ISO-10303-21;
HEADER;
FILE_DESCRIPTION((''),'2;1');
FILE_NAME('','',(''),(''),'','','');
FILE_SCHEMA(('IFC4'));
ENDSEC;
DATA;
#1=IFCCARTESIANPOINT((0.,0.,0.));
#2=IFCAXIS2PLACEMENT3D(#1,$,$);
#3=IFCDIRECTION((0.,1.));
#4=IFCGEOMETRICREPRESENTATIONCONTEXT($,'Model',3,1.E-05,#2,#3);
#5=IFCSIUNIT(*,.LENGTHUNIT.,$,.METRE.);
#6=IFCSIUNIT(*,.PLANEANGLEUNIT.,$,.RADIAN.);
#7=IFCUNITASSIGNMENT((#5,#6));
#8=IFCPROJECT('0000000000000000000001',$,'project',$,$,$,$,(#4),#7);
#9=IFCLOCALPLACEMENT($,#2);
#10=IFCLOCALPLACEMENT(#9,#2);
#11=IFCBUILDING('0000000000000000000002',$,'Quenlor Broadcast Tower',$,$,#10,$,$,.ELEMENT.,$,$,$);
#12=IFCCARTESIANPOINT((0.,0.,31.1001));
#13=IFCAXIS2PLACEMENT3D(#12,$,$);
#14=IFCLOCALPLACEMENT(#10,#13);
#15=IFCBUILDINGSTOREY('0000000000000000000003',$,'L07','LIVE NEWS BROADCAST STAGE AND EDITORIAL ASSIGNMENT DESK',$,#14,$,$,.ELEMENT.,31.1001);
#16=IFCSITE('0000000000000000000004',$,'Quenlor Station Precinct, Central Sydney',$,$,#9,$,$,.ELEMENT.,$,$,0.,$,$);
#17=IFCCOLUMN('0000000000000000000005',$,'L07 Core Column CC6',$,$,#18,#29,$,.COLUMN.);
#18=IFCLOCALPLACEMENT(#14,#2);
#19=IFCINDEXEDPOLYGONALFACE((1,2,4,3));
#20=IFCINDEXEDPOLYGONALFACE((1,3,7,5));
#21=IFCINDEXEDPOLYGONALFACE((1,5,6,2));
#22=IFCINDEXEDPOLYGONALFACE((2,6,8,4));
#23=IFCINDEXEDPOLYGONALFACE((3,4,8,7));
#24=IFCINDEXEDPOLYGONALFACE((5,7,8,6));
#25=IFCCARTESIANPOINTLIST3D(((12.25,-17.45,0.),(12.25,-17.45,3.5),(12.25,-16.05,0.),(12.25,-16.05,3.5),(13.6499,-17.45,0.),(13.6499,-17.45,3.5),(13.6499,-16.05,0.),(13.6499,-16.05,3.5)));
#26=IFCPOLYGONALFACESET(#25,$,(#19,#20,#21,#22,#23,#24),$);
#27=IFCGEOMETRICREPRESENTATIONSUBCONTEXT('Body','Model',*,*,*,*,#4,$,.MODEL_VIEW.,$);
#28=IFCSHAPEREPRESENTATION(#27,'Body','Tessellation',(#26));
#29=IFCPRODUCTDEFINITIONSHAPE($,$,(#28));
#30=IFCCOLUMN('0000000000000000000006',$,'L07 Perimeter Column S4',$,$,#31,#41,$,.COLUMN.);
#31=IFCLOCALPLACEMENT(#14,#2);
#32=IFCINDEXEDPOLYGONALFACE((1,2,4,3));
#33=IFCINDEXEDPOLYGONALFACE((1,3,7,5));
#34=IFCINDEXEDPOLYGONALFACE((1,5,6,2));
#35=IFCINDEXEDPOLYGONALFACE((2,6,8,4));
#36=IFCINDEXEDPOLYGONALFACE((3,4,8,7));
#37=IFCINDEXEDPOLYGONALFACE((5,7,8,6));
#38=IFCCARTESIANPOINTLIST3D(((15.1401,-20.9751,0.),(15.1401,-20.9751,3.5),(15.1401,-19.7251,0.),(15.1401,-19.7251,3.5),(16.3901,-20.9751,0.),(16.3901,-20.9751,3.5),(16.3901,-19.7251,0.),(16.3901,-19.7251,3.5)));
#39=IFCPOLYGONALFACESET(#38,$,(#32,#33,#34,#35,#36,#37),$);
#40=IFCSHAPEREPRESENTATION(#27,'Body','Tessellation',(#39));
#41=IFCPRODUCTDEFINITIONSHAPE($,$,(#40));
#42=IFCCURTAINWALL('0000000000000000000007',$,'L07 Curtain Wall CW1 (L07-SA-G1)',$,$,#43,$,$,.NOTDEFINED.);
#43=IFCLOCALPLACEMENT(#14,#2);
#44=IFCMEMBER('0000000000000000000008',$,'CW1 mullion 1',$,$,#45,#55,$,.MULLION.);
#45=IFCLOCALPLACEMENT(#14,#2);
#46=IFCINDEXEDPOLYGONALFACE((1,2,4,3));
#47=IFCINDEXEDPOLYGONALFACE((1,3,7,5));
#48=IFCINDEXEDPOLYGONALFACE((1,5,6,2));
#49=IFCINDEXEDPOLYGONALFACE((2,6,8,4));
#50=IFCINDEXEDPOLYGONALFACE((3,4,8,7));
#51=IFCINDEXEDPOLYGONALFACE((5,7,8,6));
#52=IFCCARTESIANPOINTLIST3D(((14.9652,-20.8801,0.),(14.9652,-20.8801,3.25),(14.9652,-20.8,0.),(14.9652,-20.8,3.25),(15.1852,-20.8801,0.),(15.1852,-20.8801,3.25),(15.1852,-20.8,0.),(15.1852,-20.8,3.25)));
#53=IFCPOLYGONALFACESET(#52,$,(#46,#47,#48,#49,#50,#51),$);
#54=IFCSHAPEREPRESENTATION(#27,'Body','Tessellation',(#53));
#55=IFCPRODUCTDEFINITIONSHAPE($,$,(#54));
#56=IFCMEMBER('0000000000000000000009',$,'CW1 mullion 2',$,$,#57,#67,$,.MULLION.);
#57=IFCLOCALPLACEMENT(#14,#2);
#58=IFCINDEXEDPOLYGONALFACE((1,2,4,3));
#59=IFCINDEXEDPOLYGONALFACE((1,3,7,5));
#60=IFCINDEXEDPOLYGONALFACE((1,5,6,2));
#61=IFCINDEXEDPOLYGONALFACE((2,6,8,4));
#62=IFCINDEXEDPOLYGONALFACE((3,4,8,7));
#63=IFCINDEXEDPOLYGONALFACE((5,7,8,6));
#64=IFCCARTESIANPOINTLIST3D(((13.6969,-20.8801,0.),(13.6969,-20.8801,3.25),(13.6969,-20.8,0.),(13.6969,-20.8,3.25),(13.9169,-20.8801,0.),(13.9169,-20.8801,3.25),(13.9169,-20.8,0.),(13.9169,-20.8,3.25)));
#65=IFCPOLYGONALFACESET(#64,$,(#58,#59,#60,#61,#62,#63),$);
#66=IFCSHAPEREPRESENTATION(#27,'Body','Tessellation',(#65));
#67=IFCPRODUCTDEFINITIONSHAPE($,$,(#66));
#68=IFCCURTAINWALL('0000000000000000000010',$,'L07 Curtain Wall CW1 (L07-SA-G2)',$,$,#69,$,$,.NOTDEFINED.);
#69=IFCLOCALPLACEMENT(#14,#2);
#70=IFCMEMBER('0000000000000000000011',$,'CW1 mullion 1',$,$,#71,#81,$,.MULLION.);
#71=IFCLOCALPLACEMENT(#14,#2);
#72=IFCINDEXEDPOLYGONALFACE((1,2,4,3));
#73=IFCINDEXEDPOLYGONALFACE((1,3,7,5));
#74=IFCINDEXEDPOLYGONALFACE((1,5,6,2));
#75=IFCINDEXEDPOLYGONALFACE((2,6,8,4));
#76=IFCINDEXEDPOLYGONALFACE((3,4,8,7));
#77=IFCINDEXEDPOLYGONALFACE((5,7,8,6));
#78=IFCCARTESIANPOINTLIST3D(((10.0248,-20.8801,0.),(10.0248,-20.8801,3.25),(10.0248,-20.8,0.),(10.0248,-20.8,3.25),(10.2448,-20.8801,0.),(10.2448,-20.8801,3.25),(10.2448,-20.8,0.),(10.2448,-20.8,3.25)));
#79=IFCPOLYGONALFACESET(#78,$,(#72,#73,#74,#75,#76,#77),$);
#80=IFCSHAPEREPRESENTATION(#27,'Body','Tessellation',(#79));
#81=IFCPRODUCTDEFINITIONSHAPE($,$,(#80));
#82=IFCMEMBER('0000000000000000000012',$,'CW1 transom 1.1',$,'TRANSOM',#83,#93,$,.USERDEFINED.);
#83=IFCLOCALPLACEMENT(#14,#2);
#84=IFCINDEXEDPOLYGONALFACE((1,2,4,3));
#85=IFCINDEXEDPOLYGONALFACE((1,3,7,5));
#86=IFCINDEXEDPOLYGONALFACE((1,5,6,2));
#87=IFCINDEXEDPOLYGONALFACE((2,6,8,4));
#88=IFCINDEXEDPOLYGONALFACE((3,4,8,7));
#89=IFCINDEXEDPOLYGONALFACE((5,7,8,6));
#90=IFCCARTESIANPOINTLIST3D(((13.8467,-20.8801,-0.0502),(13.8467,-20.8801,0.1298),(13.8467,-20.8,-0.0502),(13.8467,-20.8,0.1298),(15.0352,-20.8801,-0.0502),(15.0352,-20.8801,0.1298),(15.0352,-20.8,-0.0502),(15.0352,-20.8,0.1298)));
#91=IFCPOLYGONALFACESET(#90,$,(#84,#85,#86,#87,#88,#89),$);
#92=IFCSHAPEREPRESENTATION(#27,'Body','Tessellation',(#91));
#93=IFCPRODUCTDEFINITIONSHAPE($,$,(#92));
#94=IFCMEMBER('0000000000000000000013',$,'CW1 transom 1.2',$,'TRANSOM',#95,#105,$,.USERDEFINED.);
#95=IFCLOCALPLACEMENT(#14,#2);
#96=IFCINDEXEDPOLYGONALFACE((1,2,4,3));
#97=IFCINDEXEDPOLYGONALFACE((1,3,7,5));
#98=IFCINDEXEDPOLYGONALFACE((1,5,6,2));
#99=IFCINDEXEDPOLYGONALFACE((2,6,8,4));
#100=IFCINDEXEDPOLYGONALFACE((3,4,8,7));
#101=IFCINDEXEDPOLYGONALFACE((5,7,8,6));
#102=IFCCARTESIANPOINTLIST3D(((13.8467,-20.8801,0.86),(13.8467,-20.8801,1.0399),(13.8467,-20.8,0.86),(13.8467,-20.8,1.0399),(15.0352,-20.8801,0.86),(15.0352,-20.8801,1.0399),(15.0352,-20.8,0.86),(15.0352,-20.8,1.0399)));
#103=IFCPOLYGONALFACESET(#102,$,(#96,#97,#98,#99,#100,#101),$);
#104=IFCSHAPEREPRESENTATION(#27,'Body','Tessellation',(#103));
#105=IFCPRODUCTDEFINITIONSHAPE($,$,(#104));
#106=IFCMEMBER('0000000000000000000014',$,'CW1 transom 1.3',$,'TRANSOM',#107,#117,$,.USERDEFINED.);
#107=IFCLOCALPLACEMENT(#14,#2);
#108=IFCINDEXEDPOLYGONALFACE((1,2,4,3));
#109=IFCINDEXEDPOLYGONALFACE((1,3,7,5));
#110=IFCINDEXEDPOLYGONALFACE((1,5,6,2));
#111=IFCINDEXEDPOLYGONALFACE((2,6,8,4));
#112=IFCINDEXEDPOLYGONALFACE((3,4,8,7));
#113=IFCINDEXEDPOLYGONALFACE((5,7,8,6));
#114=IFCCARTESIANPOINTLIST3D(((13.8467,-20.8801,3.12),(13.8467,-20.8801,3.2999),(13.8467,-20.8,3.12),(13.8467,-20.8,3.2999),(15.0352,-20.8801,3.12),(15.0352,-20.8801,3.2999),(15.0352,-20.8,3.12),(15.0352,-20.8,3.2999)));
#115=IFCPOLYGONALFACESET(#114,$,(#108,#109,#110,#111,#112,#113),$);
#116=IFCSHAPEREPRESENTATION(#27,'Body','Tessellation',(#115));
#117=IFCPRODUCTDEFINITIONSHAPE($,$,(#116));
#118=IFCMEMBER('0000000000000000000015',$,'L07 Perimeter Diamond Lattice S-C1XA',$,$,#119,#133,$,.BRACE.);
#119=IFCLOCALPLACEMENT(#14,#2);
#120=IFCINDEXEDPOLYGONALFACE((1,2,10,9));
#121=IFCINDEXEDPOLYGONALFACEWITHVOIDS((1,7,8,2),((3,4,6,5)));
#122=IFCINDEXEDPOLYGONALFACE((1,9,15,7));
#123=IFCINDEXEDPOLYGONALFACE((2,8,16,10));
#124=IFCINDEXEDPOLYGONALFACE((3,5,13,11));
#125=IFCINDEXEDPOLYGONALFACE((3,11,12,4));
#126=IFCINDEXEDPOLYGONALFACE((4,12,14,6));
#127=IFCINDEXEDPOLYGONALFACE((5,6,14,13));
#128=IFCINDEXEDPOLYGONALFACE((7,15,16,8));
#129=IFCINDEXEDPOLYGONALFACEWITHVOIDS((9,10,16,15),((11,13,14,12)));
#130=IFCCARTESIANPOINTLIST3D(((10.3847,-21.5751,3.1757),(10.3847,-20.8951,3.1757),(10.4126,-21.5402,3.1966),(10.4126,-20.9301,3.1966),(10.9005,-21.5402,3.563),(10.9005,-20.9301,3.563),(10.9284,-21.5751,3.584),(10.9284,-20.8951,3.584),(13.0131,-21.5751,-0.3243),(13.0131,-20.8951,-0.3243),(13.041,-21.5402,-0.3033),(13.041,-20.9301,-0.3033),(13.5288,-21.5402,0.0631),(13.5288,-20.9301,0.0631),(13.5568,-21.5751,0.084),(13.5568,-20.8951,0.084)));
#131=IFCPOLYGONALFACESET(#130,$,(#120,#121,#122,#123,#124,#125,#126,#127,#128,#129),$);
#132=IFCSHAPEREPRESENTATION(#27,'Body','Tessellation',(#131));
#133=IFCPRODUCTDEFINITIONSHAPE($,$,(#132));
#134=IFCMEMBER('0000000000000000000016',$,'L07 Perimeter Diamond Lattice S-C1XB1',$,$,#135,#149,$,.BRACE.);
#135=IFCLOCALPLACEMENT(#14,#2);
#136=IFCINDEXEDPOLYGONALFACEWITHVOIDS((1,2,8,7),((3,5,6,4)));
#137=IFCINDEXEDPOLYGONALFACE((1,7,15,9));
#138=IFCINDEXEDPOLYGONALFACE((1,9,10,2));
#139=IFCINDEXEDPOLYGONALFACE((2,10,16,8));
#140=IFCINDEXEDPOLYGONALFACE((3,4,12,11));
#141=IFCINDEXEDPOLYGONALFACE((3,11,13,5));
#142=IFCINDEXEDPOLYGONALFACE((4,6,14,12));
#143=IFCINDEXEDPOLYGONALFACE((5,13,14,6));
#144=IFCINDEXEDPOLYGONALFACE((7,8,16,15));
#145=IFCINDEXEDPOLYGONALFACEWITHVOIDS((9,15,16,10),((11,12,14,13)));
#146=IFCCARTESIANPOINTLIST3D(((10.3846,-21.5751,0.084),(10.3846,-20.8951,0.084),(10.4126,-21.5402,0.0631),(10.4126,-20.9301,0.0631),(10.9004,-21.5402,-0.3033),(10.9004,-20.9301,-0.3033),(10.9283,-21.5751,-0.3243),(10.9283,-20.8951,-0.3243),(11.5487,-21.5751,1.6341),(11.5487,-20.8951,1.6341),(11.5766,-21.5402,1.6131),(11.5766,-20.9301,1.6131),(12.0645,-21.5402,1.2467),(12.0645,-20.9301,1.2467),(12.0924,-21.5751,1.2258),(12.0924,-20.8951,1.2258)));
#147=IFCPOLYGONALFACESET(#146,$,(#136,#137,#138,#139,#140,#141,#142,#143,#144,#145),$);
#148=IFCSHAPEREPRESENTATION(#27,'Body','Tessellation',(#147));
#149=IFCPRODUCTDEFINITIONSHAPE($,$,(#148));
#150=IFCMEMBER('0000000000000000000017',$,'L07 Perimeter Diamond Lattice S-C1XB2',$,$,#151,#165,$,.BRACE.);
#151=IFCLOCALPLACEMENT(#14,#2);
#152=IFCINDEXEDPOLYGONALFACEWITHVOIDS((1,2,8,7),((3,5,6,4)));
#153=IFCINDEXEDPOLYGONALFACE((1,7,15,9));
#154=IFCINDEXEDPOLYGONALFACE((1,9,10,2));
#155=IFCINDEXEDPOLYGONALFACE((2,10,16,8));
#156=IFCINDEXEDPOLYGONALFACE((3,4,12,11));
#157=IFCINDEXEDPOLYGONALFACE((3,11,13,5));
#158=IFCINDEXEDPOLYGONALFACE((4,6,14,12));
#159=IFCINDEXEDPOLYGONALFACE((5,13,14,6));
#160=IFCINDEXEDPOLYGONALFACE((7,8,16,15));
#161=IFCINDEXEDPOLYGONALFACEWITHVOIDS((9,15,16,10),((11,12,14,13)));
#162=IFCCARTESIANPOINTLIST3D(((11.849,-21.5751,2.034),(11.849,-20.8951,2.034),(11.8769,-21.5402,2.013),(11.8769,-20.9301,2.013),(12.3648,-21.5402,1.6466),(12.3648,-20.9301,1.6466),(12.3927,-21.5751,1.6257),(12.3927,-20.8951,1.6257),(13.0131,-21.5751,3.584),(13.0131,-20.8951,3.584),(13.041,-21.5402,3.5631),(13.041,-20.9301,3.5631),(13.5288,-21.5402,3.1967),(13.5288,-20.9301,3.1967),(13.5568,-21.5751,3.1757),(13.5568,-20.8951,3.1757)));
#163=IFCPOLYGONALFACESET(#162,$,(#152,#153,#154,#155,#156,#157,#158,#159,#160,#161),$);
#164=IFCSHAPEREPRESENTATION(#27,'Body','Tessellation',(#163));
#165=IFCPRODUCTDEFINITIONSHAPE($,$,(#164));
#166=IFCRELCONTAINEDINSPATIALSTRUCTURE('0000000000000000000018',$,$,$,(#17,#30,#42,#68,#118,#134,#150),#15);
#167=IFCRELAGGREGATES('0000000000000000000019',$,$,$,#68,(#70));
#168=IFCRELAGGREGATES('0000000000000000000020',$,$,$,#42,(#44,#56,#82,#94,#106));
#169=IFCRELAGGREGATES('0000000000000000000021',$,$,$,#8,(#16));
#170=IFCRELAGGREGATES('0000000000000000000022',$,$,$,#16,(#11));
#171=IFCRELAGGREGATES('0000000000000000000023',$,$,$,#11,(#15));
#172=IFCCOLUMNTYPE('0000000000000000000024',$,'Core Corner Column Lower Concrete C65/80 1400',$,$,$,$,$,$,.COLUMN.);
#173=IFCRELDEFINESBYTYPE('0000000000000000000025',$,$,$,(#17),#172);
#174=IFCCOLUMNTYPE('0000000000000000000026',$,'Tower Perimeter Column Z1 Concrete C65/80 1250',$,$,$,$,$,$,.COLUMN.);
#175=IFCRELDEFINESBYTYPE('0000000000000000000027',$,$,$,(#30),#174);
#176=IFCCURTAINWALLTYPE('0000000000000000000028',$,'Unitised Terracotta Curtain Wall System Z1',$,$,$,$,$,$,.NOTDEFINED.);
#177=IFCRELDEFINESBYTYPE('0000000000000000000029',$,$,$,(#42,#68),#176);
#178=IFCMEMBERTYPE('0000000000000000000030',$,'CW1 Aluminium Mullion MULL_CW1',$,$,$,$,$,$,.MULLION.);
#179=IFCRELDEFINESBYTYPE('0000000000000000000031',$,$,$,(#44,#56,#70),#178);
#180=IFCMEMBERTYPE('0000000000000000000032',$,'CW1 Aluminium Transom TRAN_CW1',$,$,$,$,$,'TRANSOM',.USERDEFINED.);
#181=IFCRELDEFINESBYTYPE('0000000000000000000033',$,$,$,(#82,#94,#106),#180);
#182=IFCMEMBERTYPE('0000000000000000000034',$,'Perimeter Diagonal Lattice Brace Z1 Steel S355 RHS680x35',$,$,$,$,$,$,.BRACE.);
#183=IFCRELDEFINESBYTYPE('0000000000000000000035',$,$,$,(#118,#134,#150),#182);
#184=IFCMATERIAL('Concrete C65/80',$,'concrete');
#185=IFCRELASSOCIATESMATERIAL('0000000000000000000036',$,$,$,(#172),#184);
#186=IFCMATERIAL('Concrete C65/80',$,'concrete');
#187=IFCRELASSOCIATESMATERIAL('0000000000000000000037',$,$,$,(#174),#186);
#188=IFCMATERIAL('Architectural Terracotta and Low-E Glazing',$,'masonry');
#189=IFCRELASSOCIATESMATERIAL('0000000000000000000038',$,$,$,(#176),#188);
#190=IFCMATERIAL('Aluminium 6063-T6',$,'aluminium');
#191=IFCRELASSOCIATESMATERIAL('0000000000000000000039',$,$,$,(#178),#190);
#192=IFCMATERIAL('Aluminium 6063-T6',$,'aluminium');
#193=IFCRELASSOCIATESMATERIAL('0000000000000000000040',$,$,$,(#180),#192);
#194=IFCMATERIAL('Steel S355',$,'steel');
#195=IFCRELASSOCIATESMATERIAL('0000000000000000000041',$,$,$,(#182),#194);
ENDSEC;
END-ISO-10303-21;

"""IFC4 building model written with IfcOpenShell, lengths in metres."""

from ifc_helpers import new_model, si_unit, direction, frame, origin, origin_2d, place, context, subcontext, project, spatial, rectangle, hollow_rectangle, extrude, material, material_profile, profile_set, type_object, element, aggregate, save


model = new_model("IFC4")

# Units and contexts
model_context = context("Model", 3, precision=1e-05, world=origin(), true_north=direction((0.0, 1.0)))
body_context = subcontext(model_context, "Body", "Model", "MODEL_VIEW")
ifc_project = project(units=[si_unit("LENGTHUNIT", "METRE"), si_unit("PLANEANGLEUNIT", "RADIAN")], contexts=[model_context])

# Site, building, storey
site_placement = place(None, origin())
site = spatial("IfcSite", under=ifc_project, at=site_placement, Name="Quenlor Station Precinct, Central Sydney", CompositionType="ELEMENT", RefElevation=0.0)
building_placement = place(site_placement, origin())
building = spatial("IfcBuilding", under=site, at=building_placement, Name="Quenlor Broadcast Tower", CompositionType="ELEMENT")
storey_placement = place(building_placement, frame((0.0, 0.0, 31.1001)))
storey = spatial("IfcBuildingStorey", under=building, at=storey_placement, Name="L07", Description="LIVE NEWS BROADCAST STAGE AND EDITORIAL ASSIGNMENT DESK", CompositionType="ELEMENT", Elevation=31.1001)

# Columns
ifc_material_1 = material(Name="Concrete C65/80", Category="concrete")
ifc_material_profile_1 = material_profile(ifc_material_1, rectangle(XDim=1.3999, YDim=1.3999, at=origin_2d()))
ifc_profile_set_1 = profile_set([ifc_material_profile_1], Name="Concrete C65/80 RC1400x1400")
column_type_1 = type_object("IfcColumnType", Name="Core Corner Column Lower Concrete C65/80 1400", PredefinedType="COLUMN", material=ifc_profile_set_1)
column_1_placement = place(storey_placement, frame((12.95, -16.75, 0.0), z_axis=(0.0, 0.0, 1.0), x_axis=(1.0, 0.0, 0.0)))
element("IfcColumn", 1, at=column_1_placement, inside=storey, type_object=column_type_1, Name="L07 Core Column CC6", PredefinedType="COLUMN", context=body_context, shape_type="SweptSolid", body=[
    extrude(rectangle(XDim=1.3999, YDim=1.3999, at=origin_2d()), origin(), (0.0, 0.0, 1.0), 3.5),
])
ifc_material_2 = material(Name="Concrete C65/80", Category="concrete")
ifc_material_profile_2 = material_profile(ifc_material_2, rectangle(XDim=1.25, YDim=1.25, at=origin_2d()))
ifc_profile_set_2 = profile_set([ifc_material_profile_2], Name="Concrete C65/80 RC1250x1250")
column_type_2 = type_object("IfcColumnType", Name="Tower Perimeter Column Z1 Concrete C65/80 1250", PredefinedType="COLUMN", material=ifc_profile_set_2)
column_2_placement = place(storey_placement, frame((15.7651, -20.3501, 0.0), z_axis=(0.0, 0.0, 1.0), x_axis=(0.0, 1.0, 0.0)))
element("IfcColumn", 2, at=column_2_placement, inside=storey, type_object=column_type_2, Name="L07 Perimeter Column S4", PredefinedType="COLUMN", context=body_context, shape_type="SweptSolid", body=[
    extrude(rectangle(XDim=1.25, YDim=1.25, at=origin_2d()), origin(), (0.0, 0.0, 1.0), 3.5),
])

# Curtain wall, members
ifc_material_3 = material(Name="Architectural Terracotta and Low-E Glazing", Category="masonry")
curtain_wall_type = type_object("IfcCurtainWallType", Name="Unitised Terracotta Curtain Wall System Z1", PredefinedType="NOTDEFINED", material=ifc_material_3)
curtain_wall_1_placement = place(storey_placement, origin())
curtain_wall_1 = element("IfcCurtainWall", 3, at=curtain_wall_1_placement, inside=storey, type_object=curtain_wall_type, Name="L07 Curtain Wall CW1 (L07-SA-G1)", PredefinedType="NOTDEFINED")
ifc_material_4 = material(Name="Aluminium 6063-T6", Category="aluminium")
ifc_material_profile_3 = material_profile(ifc_material_4, rectangle(XDim=0.0801, YDim=0.22, at=origin_2d()))
ifc_profile_set_3 = profile_set([ifc_material_profile_3], Name="Aluminium 6063-T6 MULL80x220")
member_type_1 = type_object("IfcMemberType", Name="CW1 Aluminium Mullion MULL_CW1", PredefinedType="MULLION", material=ifc_profile_set_3)
member_1_placement = place(storey_placement, frame((15.0752, -20.8401, 0.0), z_axis=(0.0, 0.0, 1.0), x_axis=(0.0, -1.0, 0.0)))
member_1 = element("IfcMember", 4, at=member_1_placement, type_object=member_type_1, Name="CW1 mullion 1", PredefinedType="MULLION", context=body_context, shape_type="SweptSolid", body=[
    extrude(rectangle(XDim=0.0801, YDim=0.22, at=origin_2d()), origin(), (0.0, 0.0, 1.0), 3.25),
])
member_2_placement = place(storey_placement, frame((13.8069, -20.8401, 0.0), z_axis=(0.0, 0.0, 1.0), x_axis=(0.0, -1.0, 0.0)))
member_2 = element("IfcMember", 5, at=member_2_placement, type_object=member_type_1, Name="CW1 mullion 2", PredefinedType="MULLION", context=body_context, shape_type="SweptSolid", body=[
    extrude(rectangle(XDim=0.0801, YDim=0.22, at=origin_2d()), origin(), (0.0, 0.0, 1.0), 3.25),
])

# Curtain wall, member
curtain_wall_2_placement = place(storey_placement, origin())
curtain_wall_2 = element("IfcCurtainWall", 6, at=curtain_wall_2_placement, inside=storey, type_object=curtain_wall_type, Name="L07 Curtain Wall CW1 (L07-SA-G2)", PredefinedType="NOTDEFINED")
member_3_placement = place(storey_placement, frame((10.1348, -20.8401, 0.0), z_axis=(0.0, 0.0, 1.0), x_axis=(0.0, -1.0, 0.0)))
member_3 = element("IfcMember", 7, at=member_3_placement, type_object=member_type_1, Name="CW1 mullion 1", PredefinedType="MULLION", context=body_context, shape_type="SweptSolid", body=[
    extrude(rectangle(XDim=0.0801, YDim=0.22, at=origin_2d()), origin(), (0.0, 0.0, 1.0), 3.25),
])
aggregate(curtain_wall_2, [member_3])

# Members
ifc_material_5 = material(Name="Aluminium 6063-T6", Category="aluminium")
ifc_material_profile_4 = material_profile(ifc_material_5, rectangle(XDim=0.0801, YDim=0.1799, at=origin_2d()))
ifc_profile_set_4 = profile_set([ifc_material_profile_4], Name="Aluminium 6063-T6 TRAN80x180")
member_type_2 = type_object("IfcMemberType", Name="CW1 Aluminium Transom TRAN_CW1", ElementType="TRANSOM", PredefinedType="USERDEFINED", material=ifc_profile_set_4)
member_4_placement = place(storey_placement, frame((15.0352, -20.8401, 0.0398), z_axis=(-1.0, 0.0, 0.0), x_axis=(0.0, -1.0, 0.0)))
member_4 = element("IfcMember", 8, at=member_4_placement, type_object=member_type_2, Name="CW1 transom 1.1", ObjectType="TRANSOM", PredefinedType="USERDEFINED", context=body_context, shape_type="SweptSolid", body=[
    extrude(rectangle(XDim=0.0801, YDim=0.1799, at=origin_2d()), origin(), (0.0, 0.0, 1.0), 1.1885),
])
member_5_placement = place(storey_placement, frame((15.0352, -20.8401, 0.95), z_axis=(-1.0, 0.0, 0.0), x_axis=(0.0, -1.0, 0.0)))
member_5 = element("IfcMember", 9, at=member_5_placement, type_object=member_type_2, Name="CW1 transom 1.2", ObjectType="TRANSOM", PredefinedType="USERDEFINED", context=body_context, shape_type="SweptSolid", body=[
    extrude(rectangle(XDim=0.0801, YDim=0.1799, at=origin_2d()), origin(), (0.0, 0.0, 1.0), 1.1885),
])
member_6_placement = place(storey_placement, frame((15.0352, -20.8401, 3.21), z_axis=(-1.0, 0.0, 0.0), x_axis=(0.0, -1.0, 0.0)))
member_6 = element("IfcMember", 10, at=member_6_placement, type_object=member_type_2, Name="CW1 transom 1.3", ObjectType="TRANSOM", PredefinedType="USERDEFINED", context=body_context, shape_type="SweptSolid", body=[
    extrude(rectangle(XDim=0.0801, YDim=0.1799, at=origin_2d()), origin(), (0.0, 0.0, 1.0), 1.1885),
])

# Members
ifc_material_6 = material(Name="Steel S355", Category="steel")
ifc_material_profile_5 = material_profile(ifc_material_6, hollow_rectangle(XDim=0.6799, YDim=0.6799, WallThickness=0.0349, at=origin_2d()))
ifc_profile_set_5 = profile_set([ifc_material_profile_5], Name="Steel S355 RHS680x680x35")
member_type_3 = type_object("IfcMemberType", Name="Perimeter Diagonal Lattice Brace Z1 Steel S355 RHS680x35", PredefinedType="BRACE", material=ifc_profile_set_5)
member_7_placement = place(storey_placement, frame((13.2849, -21.2351, -0.1201), z_axis=(-0.6005, 0.0, 0.799625), x_axis=(0.0, -1.0, 0.0)))
element("IfcMember", 11, at=member_7_placement, inside=storey, type_object=member_type_3, Name="L07 Perimeter Diamond Lattice S-C1XA", PredefinedType="BRACE", context=body_context, shape_type="SweptSolid", body=[
    extrude(hollow_rectangle(XDim=0.6799, YDim=0.6799, WallThickness=0.0349, at=origin_2d()), origin(), (0.0, 0.0, 1.0), 4.377),
])
for number, where, z_axis, x_axis, name in (
    (12, (10.6565, -21.2351, -0.1201), (0.600504, 0.0, 0.799622), (0.0, 1.0, 0.0), "L07 Perimeter Diamond Lattice S-C1XB1"),
    (13, (12.1208, -21.2351, 1.8298), (0.600504, 0.0, 0.799622), (0.0, 1.0, 0.0), "L07 Perimeter Diamond Lattice S-C1XB2"),
):
    element("IfcMember", number, at=place(storey_placement, frame(where, z_axis=z_axis, x_axis=x_axis)), inside=storey, type_object=member_type_3, Name=name, PredefinedType="BRACE", context=body_context, shape_type="SweptSolid", body=[
        extrude(hollow_rectangle(XDim=0.6799, YDim=0.6799, WallThickness=0.0349, at=origin_2d()), origin(), (0.0, 0.0, 1.0), 1.9385),
    ])

aggregate(curtain_wall_1, [member_1, member_2, member_4, member_5, member_6])

save(model, "model.ifc")
